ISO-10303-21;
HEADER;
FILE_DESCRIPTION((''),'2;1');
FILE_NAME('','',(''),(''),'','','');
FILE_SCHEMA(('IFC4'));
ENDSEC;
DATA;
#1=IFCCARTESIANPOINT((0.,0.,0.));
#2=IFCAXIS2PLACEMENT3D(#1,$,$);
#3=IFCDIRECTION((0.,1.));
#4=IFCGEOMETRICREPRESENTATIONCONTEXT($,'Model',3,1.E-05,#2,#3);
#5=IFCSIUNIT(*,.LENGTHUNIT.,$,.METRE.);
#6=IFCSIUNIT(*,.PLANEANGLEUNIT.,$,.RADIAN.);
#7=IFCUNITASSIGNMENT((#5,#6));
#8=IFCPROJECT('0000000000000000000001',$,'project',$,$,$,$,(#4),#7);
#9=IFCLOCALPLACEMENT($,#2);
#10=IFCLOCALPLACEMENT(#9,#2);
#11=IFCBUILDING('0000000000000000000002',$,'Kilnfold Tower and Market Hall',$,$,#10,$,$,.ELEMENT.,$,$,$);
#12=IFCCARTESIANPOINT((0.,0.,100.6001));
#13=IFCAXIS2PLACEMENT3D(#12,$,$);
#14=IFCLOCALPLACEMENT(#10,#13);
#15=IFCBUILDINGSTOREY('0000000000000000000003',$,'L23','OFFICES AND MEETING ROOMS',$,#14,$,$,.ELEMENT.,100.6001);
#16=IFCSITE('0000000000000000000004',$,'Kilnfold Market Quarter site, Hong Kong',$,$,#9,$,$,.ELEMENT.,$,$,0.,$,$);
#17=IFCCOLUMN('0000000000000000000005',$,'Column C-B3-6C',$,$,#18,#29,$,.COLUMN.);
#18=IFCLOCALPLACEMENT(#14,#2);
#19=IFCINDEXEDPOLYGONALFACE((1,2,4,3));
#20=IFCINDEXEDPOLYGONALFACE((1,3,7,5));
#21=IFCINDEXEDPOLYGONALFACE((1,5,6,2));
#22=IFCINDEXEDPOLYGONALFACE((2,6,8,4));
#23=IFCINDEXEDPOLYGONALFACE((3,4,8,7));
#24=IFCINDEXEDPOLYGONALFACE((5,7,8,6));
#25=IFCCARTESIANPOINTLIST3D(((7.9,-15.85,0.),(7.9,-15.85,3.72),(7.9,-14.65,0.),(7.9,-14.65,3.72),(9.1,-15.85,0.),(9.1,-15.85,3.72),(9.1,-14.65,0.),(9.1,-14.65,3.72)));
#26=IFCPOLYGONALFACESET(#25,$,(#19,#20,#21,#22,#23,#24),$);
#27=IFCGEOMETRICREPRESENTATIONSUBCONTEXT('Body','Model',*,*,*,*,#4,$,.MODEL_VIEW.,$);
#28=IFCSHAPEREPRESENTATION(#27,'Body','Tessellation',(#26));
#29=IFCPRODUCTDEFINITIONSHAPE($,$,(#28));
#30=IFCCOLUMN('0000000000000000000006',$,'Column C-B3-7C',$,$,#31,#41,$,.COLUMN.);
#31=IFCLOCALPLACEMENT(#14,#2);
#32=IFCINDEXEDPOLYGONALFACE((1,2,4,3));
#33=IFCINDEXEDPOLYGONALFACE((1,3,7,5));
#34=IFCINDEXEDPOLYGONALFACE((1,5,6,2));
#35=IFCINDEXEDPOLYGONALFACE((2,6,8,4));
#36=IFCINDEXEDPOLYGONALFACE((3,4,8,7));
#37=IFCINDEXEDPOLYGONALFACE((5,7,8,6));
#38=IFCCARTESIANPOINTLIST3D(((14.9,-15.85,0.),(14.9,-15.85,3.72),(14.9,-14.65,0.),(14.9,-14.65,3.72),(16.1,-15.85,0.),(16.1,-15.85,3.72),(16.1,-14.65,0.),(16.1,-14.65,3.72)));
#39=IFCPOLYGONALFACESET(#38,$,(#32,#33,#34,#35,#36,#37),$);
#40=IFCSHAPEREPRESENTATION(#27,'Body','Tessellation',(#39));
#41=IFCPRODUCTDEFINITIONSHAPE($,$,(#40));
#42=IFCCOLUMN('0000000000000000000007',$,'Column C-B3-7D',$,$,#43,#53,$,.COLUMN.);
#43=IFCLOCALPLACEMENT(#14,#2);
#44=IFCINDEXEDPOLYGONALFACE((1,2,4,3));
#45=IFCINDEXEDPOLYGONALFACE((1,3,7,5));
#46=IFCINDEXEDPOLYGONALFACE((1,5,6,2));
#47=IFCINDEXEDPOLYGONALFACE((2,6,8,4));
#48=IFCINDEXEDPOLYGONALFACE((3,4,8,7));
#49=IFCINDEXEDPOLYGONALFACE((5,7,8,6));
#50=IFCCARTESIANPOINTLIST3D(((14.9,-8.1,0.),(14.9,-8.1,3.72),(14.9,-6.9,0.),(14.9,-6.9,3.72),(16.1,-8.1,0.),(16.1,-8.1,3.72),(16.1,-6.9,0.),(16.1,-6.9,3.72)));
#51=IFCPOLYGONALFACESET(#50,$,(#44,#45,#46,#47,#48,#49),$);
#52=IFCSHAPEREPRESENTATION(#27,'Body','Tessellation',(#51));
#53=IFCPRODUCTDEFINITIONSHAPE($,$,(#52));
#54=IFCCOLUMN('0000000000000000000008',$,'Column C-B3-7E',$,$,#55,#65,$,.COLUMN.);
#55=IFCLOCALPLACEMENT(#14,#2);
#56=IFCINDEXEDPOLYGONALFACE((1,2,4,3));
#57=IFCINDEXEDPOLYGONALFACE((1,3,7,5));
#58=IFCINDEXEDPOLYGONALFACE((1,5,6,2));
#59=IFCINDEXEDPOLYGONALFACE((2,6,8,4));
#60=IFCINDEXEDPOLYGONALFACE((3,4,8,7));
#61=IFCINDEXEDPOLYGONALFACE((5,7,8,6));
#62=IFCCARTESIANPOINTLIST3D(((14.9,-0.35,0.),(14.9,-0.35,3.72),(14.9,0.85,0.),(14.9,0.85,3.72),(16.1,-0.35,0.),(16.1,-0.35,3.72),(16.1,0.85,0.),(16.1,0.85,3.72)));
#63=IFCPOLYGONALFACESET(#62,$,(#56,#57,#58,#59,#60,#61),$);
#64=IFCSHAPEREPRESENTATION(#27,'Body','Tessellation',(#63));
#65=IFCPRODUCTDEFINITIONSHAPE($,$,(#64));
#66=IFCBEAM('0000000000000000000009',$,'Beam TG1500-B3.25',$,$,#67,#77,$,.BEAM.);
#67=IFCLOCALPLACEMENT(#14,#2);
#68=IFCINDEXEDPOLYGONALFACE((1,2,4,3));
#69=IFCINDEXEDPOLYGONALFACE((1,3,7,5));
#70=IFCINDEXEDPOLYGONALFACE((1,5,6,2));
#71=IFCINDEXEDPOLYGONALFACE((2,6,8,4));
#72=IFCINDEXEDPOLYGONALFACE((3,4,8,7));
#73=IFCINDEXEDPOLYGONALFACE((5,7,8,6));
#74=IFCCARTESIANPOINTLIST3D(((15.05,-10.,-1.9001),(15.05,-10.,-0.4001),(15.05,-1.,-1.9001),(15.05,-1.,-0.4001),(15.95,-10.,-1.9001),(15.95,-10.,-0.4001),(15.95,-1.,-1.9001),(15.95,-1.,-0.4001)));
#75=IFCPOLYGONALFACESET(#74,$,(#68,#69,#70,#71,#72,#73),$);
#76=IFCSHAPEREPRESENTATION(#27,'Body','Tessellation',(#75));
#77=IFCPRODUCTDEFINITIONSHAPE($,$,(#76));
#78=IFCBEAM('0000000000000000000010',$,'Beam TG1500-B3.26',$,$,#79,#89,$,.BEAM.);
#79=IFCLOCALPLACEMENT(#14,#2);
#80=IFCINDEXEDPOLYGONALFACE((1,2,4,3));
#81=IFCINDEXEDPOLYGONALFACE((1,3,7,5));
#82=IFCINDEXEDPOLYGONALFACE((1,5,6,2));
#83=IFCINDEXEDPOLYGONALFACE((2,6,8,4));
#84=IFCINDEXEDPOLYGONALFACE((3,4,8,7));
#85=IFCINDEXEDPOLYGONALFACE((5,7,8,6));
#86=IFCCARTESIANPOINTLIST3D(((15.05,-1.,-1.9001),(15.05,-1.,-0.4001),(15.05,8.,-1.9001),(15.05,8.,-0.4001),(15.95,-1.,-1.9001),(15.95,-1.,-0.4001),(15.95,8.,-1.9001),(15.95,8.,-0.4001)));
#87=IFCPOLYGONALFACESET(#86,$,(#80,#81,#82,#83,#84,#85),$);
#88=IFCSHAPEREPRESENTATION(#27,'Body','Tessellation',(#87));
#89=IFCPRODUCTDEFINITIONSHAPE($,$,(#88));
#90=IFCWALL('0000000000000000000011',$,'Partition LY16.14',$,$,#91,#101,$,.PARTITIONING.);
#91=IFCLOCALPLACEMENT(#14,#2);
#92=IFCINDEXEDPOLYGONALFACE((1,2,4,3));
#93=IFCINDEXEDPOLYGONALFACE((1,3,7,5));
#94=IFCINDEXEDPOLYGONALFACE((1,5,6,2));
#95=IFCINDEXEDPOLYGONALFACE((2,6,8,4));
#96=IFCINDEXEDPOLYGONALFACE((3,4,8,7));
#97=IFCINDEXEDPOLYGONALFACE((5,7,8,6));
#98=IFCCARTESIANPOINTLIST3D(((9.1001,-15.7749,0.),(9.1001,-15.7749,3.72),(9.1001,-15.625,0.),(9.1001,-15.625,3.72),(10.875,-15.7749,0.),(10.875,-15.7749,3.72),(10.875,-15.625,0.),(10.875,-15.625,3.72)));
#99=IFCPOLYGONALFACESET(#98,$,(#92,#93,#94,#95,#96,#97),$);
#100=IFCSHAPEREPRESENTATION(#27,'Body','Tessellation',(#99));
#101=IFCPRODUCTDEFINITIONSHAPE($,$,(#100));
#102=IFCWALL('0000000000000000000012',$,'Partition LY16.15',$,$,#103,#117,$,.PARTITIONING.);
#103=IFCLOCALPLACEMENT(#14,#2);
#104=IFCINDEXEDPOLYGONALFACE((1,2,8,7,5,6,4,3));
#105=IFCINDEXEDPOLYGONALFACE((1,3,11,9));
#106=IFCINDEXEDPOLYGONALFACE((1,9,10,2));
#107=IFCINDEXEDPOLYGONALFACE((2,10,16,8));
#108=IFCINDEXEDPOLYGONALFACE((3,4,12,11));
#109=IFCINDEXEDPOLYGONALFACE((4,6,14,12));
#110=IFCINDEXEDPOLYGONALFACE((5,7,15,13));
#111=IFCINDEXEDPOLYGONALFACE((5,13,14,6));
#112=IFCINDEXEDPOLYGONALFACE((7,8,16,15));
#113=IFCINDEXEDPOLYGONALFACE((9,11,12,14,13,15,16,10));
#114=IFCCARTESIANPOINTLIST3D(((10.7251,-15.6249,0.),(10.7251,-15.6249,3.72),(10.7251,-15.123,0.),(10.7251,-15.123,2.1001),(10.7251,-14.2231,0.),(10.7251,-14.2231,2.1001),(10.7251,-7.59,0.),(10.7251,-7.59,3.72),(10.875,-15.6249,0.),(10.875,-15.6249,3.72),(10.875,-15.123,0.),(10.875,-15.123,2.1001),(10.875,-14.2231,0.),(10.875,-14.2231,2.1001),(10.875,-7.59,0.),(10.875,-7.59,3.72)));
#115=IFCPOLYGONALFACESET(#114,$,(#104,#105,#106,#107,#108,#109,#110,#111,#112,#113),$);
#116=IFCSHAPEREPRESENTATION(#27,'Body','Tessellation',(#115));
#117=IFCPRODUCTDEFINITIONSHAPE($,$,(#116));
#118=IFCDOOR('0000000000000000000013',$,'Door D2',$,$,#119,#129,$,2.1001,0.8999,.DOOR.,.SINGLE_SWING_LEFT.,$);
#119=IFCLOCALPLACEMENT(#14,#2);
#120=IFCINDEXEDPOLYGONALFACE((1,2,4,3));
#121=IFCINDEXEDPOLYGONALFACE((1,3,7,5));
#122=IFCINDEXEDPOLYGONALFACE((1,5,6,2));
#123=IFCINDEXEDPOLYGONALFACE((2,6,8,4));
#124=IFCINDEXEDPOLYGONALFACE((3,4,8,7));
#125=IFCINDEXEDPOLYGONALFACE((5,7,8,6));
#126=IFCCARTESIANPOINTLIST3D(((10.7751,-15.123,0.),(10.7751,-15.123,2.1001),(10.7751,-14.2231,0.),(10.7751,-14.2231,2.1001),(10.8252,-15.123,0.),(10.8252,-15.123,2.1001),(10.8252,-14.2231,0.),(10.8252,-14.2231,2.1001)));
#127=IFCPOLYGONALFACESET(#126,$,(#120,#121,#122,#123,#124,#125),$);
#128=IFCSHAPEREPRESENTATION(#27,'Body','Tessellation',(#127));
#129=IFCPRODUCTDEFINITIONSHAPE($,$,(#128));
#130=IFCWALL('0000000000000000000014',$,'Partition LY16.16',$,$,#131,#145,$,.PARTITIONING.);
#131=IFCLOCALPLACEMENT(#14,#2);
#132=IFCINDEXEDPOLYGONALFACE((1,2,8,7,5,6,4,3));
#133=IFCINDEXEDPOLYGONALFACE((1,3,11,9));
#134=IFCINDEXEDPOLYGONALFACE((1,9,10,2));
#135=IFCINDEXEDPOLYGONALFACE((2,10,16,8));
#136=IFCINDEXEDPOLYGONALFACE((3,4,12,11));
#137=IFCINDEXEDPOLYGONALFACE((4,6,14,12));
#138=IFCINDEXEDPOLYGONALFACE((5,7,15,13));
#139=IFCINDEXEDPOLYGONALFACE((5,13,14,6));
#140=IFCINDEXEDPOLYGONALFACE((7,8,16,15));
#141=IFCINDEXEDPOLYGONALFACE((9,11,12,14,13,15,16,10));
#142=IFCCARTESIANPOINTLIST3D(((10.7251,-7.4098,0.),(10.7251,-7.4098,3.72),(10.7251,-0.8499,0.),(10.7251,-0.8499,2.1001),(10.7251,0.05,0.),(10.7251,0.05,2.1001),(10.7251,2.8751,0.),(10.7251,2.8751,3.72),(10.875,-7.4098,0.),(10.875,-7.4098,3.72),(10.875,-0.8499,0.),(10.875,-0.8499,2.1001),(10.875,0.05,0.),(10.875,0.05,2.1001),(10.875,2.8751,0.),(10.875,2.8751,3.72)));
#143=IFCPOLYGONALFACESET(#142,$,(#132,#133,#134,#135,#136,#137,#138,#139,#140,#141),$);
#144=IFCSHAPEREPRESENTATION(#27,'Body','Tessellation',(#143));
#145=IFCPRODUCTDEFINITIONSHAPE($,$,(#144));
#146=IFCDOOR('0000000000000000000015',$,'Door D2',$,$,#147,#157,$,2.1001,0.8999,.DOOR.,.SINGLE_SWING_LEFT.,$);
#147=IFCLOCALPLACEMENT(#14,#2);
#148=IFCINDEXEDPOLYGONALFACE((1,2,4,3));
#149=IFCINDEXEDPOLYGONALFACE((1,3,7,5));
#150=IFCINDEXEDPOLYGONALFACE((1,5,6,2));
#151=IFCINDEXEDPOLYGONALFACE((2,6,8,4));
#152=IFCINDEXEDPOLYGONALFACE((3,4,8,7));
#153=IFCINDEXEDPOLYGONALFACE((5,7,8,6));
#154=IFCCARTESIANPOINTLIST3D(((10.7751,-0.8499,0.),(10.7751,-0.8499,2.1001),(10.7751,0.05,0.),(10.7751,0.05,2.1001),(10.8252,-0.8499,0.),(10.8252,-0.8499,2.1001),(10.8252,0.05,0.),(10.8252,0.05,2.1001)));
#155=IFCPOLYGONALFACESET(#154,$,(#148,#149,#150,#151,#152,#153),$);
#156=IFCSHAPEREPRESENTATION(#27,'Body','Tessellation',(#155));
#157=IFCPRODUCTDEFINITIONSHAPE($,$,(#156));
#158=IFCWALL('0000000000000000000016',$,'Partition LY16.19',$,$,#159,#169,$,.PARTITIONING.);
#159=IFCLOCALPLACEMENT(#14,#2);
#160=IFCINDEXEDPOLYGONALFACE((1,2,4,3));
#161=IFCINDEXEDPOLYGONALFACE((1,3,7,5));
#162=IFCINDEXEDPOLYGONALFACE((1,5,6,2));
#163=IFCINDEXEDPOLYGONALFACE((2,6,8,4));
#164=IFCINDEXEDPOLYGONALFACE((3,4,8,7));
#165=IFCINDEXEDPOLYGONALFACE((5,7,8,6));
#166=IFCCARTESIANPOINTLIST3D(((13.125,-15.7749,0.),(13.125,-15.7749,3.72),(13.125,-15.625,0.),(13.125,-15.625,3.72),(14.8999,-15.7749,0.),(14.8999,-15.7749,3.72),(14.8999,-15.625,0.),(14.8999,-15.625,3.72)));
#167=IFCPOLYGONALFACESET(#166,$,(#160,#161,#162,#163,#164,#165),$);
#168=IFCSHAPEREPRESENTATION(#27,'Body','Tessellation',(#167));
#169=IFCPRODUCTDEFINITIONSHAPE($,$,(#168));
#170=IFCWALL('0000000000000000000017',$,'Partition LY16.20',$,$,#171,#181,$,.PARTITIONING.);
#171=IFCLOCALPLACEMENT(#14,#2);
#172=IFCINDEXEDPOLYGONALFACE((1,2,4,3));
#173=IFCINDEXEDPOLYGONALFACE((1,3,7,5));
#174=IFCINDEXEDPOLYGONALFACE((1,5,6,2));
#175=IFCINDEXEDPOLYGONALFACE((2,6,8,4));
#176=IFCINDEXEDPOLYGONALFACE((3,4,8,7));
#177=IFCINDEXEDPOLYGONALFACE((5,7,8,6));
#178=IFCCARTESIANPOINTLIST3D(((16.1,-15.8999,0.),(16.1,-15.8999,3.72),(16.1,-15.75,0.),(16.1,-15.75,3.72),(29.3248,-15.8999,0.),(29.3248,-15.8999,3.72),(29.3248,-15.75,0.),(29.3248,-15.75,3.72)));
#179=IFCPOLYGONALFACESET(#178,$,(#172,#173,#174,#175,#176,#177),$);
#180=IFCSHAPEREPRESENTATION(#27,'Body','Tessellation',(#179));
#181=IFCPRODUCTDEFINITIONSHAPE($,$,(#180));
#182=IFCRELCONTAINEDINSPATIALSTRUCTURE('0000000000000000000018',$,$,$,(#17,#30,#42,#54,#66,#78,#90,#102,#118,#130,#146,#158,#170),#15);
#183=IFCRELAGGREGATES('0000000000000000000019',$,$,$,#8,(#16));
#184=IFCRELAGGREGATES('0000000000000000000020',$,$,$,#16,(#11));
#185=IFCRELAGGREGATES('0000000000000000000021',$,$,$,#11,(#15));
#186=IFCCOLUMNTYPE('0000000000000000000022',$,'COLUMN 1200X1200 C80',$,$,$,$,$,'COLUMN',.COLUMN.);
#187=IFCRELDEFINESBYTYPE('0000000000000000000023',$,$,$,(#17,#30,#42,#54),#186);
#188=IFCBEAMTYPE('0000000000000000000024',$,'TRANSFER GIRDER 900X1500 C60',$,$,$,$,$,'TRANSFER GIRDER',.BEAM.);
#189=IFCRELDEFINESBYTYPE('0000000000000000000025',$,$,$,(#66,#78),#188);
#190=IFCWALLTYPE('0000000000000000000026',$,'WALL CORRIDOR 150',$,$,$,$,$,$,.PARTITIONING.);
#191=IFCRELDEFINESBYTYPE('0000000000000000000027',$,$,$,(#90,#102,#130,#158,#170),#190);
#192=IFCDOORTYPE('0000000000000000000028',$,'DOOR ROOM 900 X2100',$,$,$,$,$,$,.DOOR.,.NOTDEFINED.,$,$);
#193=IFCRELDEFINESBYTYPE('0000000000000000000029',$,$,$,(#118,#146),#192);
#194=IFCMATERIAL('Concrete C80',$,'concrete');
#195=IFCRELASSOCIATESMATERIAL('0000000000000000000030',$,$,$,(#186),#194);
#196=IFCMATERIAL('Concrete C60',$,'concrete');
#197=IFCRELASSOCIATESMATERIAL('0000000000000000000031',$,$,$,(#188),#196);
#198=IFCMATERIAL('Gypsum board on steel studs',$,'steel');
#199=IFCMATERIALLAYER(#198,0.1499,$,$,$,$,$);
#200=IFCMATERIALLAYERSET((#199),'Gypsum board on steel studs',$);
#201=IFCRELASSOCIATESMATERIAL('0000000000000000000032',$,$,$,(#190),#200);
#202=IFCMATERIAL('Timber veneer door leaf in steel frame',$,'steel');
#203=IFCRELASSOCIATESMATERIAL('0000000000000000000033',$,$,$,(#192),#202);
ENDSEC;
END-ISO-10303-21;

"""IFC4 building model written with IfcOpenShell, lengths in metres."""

from ifc_helpers import new_model, si_unit, direction, frame, frame_2d, origin, origin_2d, place, context, subcontext, project, spatial, rectangle, extrude, source, transform, mapped, material, layer, layer_set, material_profile, profile_set, type_object, element, fill, save


model = new_model("IFC4")

# Units and contexts
model_context = context("Model", 3, precision=1e-05, world=origin(), true_north=direction((0.0, 1.0)))
body_context = subcontext(model_context, "Body", "Model", "MODEL_VIEW")
ifc_project = project(units=[si_unit("LENGTHUNIT", "METRE"), si_unit("PLANEANGLEUNIT", "RADIAN")], contexts=[model_context])

# Site, building, storey
site_placement = place(None, origin())
site = spatial("IfcSite", under=ifc_project, at=site_placement, Name="Kilnfold Market Quarter site, Hong Kong", CompositionType="ELEMENT", RefElevation=0.0)
building_placement = place(site_placement, origin())
building = spatial("IfcBuilding", under=site, at=building_placement, Name="Kilnfold Tower and Market Hall", CompositionType="ELEMENT")
storey_placement = place(building_placement, frame((0.0, 0.0, 100.6001)))
storey = spatial("IfcBuildingStorey", under=building, at=storey_placement, Name="L23", Description="OFFICES AND MEETING ROOMS", CompositionType="ELEMENT", Elevation=100.6001)

# Columns
ifc_material_1 = material(Name="Concrete C80", Category="concrete")
ifc_material_profile_1 = material_profile(ifc_material_1, rectangle(XDim=1.2, YDim=1.2, at=origin_2d()), Name="RC 1200x1200")
ifc_profile_set_1 = profile_set([ifc_material_profile_1], Name="Concrete C80")
column_type = type_object("IfcColumnType", Name="COLUMN 1200X1200 C80", ElementType="COLUMN", PredefinedType="COLUMN", material=ifc_profile_set_1)
shared_shape_1 = source(origin(), body_context, "Body", "SweptSolid", [
    extrude(rectangle(XDim=1.2, YDim=1.2, at=origin_2d()), origin(), (0.0, 0.0, 1.0), 3.72),
])
for number, where, z_axis, x_axis, name in (
    (1, (8.5, -15.25, 0.0), (0.0, 0.0, 1.0), (1.0, 0.0, 0.0), "Column C-B3-6C"),
    (2, (15.5, -15.25, 0.0), (0.0, 0.0, 1.0), (1.0, 0.0, 0.0), "Column C-B3-7C"),
    (3, (15.5, -7.5, 0.0), (0.0, 0.0, 1.0), (1.0, 0.0, 0.0), "Column C-B3-7D"),
    (4, (15.5, 0.25, 0.0), (0.0, 0.0, 1.0), (1.0, 0.0, 0.0), "Column C-B3-7E"),
):
    element("IfcColumn", number, at=place(storey_placement, frame(where, z_axis=z_axis, x_axis=x_axis)), inside=storey, type_object=column_type, Name=name, PredefinedType="COLUMN", context=body_context, shape_type="MappedRepresentation", body=[
        mapped(shared_shape_1, transform((0.0, 0.0, 0.0))),
    ])

# Beams
ifc_material_2 = material(Name="Concrete C60", Category="concrete")
ifc_material_profile_2 = material_profile(ifc_material_2, rectangle(XDim=0.8999, YDim=1.5, at=origin_2d()), Name="RC 900x1500")
ifc_profile_set_2 = profile_set([ifc_material_profile_2], Name="Concrete C60")
beam_type = type_object("IfcBeamType", Name="TRANSFER GIRDER 900X1500 C60", ElementType="TRANSFER GIRDER", PredefinedType="BEAM", material=ifc_profile_set_2)
shared_shape_2 = source(origin(), body_context, "Body", "SweptSolid", [
    extrude(rectangle(XDim=0.8999, YDim=1.5, at=origin_2d()), origin(), (0.0, 0.0, 1.0), 9.0),
])
for number, where, z_axis, x_axis, name in (
    (5, (15.5, -10.0, -1.1501), (0.0, 1.0, 0.0), (-1.0, 0.0, 0.0), "Beam TG1500-B3.25"),
    (6, (15.5, -1.0, -1.1501), (0.0, 1.0, 0.0), (-1.0, 0.0, 0.0), "Beam TG1500-B3.26"),
):
    element("IfcBeam", number, at=place(storey_placement, frame(where, z_axis=z_axis, x_axis=x_axis)), inside=storey, type_object=beam_type, Name=name, PredefinedType="BEAM", context=body_context, shape_type="MappedRepresentation", body=[
        mapped(shared_shape_2, transform((0.0, 0.0, 0.0))),
    ])

# Wall
ifc_material_3 = material(Name="Gypsum board on steel studs", Category="steel")
ifc_layer_1 = layer(ifc_material_3, 0.1499)
ifc_layer_set_1 = layer_set([ifc_layer_1], Name="Gypsum board on steel studs")
wall_type_1 = type_object("IfcWallType", Name="WALL CORRIDOR 150", PredefinedType="PARTITIONING", material=ifc_layer_set_1)
wall_1_placement = place(storey_placement, frame((9.1001, -15.7, 0.0), z_axis=(0.0, 0.0, 1.0), x_axis=(1.0, 0.0, 0.0)))
element("IfcWall", 7, at=wall_1_placement, inside=storey, type_object=wall_type_1, Name="Partition LY16.14", PredefinedType="PARTITIONING", context=body_context, shape_type="SweptSolid", body=[
    extrude(rectangle(XDim=1.7749, YDim=0.1499, at=frame_2d((0.8875, 0.0))), origin(), (0.0, 0.0, 1.0), 3.72),
])

# Walls, openings, doors
wall_2_placement = place(storey_placement, frame((10.8, -15.625, 0.0), z_axis=(0.0, 0.0, 1.0), x_axis=(0.0, 1.0, 0.0)))
wall_2 = element("IfcWall", 8, at=wall_2_placement, inside=storey, type_object=wall_type_1, Name="Partition LY16.15", PredefinedType="PARTITIONING", context=body_context, shape_type="SweptSolid", body=[
    extrude(rectangle(XDim=8.0349, YDim=0.1499, at=frame_2d((4.0176, 0.0))), origin(), (0.0, 0.0, 1.0), 3.72),
])
opening_1_placement = place(wall_2_placement, frame((0.502, 0.0, 0.0)))
opening_1 = element("IfcOpeningElement", 9, at=opening_1_placement, cuts=wall_2, PredefinedType="OPENING", context=body_context, shape_type="SweptSolid", body=[
    extrude(rectangle(XDim=0.8999, YDim=2.1001, at=frame_2d((0.45, 1.05))), frame((0.0, 0.085, 0.0), z_axis=(0.0, -1.0, 0.0), x_axis=(1.0, 0.0, 0.0)), (0.0, 0.0, 1.0), 0.1699),
])
ifc_material_4 = material(Name="Timber veneer door leaf in steel frame", Category="steel")
door_type_1 = type_object("IfcDoorType", Name="DOOR ROOM 900 X2100", OperationType="NOTDEFINED", PredefinedType="DOOR", material=ifc_material_4)
door_1_placement = place(opening_1_placement, origin())
door_1 = element("IfcDoor", 10, at=door_1_placement, inside=storey, type_object=door_type_1, Name="Door D2", OperationType="SINGLE_SWING_LEFT", OverallHeight=2.1001, OverallWidth=0.8999, PredefinedType="DOOR", context=body_context, shape_type="SweptSolid", body=[
    extrude(rectangle(XDim=0.8999, YDim=2.1001, at=frame_2d((0.45, 1.05))), frame((0.0, 0.0249, 0.0), z_axis=(0.0, -1.0, 0.0), x_axis=(1.0, 0.0, 0.0)), (0.0, 0.0, 1.0), 0.05),
])
fill(opening_1, door_1)
wall_3_placement = place(storey_placement, frame((10.8, -7.4099, 0.0), z_axis=(0.0, 0.0, 1.0), x_axis=(0.0, 1.0, 0.0)))
wall_3 = element("IfcWall", 11, at=wall_3_placement, inside=storey, type_object=wall_type_1, Name="Partition LY16.16", PredefinedType="PARTITIONING", context=body_context, shape_type="SweptSolid", body=[
    extrude(rectangle(XDim=10.2849, YDim=0.1499, at=frame_2d((5.1426, 0.0))), origin(), (0.0, 0.0, 1.0), 3.72),
])
opening_2_placement = place(wall_3_placement, frame((6.5601, 0.0, 0.0)))
opening_2 = element("IfcOpeningElement", 12, at=opening_2_placement, cuts=wall_3, PredefinedType="OPENING", context=body_context, shape_type="SweptSolid", body=[
    extrude(rectangle(XDim=0.8999, YDim=2.1001, at=frame_2d((0.45, 1.05))), frame((0.0, 0.085, 0.0), z_axis=(0.0, -1.0, 0.0), x_axis=(1.0, 0.0, 0.0)), (0.0, 0.0, 1.0), 0.1699),
])
door_2_placement = place(opening_2_placement, origin())
door_2 = element("IfcDoor", 13, at=door_2_placement, inside=storey, type_object=door_type_1, Name="Door D2", OperationType="SINGLE_SWING_LEFT", OverallHeight=2.1001, OverallWidth=0.8999, PredefinedType="DOOR", context=body_context, shape_type="SweptSolid", body=[
    extrude(rectangle(XDim=0.8999, YDim=2.1001, at=frame_2d((0.45, 1.05))), frame((0.0, 0.0249, 0.0), z_axis=(0.0, -1.0, 0.0), x_axis=(1.0, 0.0, 0.0)), (0.0, 0.0, 1.0), 0.05),
])
fill(opening_2, door_2)

# Walls
wall_4_placement = place(storey_placement, frame((13.125, -15.7, 0.0), z_axis=(0.0, 0.0, 1.0), x_axis=(1.0, 0.0, 0.0)))
element("IfcWall", 14, at=wall_4_placement, inside=storey, type_object=wall_type_1, Name="Partition LY16.19", PredefinedType="PARTITIONING", context=body_context, shape_type="SweptSolid", body=[
    extrude(rectangle(XDim=1.7749, YDim=0.1499, at=frame_2d((0.8875, 0.0))), origin(), (0.0, 0.0, 1.0), 3.72),
])
wall_5_placement = place(storey_placement, frame((16.1001, -15.825, 0.0), z_axis=(0.0, 0.0, 1.0), x_axis=(1.0, 0.0, 0.0)))
element("IfcWall", 15, at=wall_5_placement, inside=storey, type_object=wall_type_1, Name="Partition LY16.20", PredefinedType="PARTITIONING", context=body_context, shape_type="SweptSolid", body=[
    extrude(rectangle(XDim=13.2249, YDim=0.1499, at=frame_2d((6.6123, 0.0))), origin(), (0.0, 0.0, 1.0), 3.72),
])

save(model, "model.ifc")
